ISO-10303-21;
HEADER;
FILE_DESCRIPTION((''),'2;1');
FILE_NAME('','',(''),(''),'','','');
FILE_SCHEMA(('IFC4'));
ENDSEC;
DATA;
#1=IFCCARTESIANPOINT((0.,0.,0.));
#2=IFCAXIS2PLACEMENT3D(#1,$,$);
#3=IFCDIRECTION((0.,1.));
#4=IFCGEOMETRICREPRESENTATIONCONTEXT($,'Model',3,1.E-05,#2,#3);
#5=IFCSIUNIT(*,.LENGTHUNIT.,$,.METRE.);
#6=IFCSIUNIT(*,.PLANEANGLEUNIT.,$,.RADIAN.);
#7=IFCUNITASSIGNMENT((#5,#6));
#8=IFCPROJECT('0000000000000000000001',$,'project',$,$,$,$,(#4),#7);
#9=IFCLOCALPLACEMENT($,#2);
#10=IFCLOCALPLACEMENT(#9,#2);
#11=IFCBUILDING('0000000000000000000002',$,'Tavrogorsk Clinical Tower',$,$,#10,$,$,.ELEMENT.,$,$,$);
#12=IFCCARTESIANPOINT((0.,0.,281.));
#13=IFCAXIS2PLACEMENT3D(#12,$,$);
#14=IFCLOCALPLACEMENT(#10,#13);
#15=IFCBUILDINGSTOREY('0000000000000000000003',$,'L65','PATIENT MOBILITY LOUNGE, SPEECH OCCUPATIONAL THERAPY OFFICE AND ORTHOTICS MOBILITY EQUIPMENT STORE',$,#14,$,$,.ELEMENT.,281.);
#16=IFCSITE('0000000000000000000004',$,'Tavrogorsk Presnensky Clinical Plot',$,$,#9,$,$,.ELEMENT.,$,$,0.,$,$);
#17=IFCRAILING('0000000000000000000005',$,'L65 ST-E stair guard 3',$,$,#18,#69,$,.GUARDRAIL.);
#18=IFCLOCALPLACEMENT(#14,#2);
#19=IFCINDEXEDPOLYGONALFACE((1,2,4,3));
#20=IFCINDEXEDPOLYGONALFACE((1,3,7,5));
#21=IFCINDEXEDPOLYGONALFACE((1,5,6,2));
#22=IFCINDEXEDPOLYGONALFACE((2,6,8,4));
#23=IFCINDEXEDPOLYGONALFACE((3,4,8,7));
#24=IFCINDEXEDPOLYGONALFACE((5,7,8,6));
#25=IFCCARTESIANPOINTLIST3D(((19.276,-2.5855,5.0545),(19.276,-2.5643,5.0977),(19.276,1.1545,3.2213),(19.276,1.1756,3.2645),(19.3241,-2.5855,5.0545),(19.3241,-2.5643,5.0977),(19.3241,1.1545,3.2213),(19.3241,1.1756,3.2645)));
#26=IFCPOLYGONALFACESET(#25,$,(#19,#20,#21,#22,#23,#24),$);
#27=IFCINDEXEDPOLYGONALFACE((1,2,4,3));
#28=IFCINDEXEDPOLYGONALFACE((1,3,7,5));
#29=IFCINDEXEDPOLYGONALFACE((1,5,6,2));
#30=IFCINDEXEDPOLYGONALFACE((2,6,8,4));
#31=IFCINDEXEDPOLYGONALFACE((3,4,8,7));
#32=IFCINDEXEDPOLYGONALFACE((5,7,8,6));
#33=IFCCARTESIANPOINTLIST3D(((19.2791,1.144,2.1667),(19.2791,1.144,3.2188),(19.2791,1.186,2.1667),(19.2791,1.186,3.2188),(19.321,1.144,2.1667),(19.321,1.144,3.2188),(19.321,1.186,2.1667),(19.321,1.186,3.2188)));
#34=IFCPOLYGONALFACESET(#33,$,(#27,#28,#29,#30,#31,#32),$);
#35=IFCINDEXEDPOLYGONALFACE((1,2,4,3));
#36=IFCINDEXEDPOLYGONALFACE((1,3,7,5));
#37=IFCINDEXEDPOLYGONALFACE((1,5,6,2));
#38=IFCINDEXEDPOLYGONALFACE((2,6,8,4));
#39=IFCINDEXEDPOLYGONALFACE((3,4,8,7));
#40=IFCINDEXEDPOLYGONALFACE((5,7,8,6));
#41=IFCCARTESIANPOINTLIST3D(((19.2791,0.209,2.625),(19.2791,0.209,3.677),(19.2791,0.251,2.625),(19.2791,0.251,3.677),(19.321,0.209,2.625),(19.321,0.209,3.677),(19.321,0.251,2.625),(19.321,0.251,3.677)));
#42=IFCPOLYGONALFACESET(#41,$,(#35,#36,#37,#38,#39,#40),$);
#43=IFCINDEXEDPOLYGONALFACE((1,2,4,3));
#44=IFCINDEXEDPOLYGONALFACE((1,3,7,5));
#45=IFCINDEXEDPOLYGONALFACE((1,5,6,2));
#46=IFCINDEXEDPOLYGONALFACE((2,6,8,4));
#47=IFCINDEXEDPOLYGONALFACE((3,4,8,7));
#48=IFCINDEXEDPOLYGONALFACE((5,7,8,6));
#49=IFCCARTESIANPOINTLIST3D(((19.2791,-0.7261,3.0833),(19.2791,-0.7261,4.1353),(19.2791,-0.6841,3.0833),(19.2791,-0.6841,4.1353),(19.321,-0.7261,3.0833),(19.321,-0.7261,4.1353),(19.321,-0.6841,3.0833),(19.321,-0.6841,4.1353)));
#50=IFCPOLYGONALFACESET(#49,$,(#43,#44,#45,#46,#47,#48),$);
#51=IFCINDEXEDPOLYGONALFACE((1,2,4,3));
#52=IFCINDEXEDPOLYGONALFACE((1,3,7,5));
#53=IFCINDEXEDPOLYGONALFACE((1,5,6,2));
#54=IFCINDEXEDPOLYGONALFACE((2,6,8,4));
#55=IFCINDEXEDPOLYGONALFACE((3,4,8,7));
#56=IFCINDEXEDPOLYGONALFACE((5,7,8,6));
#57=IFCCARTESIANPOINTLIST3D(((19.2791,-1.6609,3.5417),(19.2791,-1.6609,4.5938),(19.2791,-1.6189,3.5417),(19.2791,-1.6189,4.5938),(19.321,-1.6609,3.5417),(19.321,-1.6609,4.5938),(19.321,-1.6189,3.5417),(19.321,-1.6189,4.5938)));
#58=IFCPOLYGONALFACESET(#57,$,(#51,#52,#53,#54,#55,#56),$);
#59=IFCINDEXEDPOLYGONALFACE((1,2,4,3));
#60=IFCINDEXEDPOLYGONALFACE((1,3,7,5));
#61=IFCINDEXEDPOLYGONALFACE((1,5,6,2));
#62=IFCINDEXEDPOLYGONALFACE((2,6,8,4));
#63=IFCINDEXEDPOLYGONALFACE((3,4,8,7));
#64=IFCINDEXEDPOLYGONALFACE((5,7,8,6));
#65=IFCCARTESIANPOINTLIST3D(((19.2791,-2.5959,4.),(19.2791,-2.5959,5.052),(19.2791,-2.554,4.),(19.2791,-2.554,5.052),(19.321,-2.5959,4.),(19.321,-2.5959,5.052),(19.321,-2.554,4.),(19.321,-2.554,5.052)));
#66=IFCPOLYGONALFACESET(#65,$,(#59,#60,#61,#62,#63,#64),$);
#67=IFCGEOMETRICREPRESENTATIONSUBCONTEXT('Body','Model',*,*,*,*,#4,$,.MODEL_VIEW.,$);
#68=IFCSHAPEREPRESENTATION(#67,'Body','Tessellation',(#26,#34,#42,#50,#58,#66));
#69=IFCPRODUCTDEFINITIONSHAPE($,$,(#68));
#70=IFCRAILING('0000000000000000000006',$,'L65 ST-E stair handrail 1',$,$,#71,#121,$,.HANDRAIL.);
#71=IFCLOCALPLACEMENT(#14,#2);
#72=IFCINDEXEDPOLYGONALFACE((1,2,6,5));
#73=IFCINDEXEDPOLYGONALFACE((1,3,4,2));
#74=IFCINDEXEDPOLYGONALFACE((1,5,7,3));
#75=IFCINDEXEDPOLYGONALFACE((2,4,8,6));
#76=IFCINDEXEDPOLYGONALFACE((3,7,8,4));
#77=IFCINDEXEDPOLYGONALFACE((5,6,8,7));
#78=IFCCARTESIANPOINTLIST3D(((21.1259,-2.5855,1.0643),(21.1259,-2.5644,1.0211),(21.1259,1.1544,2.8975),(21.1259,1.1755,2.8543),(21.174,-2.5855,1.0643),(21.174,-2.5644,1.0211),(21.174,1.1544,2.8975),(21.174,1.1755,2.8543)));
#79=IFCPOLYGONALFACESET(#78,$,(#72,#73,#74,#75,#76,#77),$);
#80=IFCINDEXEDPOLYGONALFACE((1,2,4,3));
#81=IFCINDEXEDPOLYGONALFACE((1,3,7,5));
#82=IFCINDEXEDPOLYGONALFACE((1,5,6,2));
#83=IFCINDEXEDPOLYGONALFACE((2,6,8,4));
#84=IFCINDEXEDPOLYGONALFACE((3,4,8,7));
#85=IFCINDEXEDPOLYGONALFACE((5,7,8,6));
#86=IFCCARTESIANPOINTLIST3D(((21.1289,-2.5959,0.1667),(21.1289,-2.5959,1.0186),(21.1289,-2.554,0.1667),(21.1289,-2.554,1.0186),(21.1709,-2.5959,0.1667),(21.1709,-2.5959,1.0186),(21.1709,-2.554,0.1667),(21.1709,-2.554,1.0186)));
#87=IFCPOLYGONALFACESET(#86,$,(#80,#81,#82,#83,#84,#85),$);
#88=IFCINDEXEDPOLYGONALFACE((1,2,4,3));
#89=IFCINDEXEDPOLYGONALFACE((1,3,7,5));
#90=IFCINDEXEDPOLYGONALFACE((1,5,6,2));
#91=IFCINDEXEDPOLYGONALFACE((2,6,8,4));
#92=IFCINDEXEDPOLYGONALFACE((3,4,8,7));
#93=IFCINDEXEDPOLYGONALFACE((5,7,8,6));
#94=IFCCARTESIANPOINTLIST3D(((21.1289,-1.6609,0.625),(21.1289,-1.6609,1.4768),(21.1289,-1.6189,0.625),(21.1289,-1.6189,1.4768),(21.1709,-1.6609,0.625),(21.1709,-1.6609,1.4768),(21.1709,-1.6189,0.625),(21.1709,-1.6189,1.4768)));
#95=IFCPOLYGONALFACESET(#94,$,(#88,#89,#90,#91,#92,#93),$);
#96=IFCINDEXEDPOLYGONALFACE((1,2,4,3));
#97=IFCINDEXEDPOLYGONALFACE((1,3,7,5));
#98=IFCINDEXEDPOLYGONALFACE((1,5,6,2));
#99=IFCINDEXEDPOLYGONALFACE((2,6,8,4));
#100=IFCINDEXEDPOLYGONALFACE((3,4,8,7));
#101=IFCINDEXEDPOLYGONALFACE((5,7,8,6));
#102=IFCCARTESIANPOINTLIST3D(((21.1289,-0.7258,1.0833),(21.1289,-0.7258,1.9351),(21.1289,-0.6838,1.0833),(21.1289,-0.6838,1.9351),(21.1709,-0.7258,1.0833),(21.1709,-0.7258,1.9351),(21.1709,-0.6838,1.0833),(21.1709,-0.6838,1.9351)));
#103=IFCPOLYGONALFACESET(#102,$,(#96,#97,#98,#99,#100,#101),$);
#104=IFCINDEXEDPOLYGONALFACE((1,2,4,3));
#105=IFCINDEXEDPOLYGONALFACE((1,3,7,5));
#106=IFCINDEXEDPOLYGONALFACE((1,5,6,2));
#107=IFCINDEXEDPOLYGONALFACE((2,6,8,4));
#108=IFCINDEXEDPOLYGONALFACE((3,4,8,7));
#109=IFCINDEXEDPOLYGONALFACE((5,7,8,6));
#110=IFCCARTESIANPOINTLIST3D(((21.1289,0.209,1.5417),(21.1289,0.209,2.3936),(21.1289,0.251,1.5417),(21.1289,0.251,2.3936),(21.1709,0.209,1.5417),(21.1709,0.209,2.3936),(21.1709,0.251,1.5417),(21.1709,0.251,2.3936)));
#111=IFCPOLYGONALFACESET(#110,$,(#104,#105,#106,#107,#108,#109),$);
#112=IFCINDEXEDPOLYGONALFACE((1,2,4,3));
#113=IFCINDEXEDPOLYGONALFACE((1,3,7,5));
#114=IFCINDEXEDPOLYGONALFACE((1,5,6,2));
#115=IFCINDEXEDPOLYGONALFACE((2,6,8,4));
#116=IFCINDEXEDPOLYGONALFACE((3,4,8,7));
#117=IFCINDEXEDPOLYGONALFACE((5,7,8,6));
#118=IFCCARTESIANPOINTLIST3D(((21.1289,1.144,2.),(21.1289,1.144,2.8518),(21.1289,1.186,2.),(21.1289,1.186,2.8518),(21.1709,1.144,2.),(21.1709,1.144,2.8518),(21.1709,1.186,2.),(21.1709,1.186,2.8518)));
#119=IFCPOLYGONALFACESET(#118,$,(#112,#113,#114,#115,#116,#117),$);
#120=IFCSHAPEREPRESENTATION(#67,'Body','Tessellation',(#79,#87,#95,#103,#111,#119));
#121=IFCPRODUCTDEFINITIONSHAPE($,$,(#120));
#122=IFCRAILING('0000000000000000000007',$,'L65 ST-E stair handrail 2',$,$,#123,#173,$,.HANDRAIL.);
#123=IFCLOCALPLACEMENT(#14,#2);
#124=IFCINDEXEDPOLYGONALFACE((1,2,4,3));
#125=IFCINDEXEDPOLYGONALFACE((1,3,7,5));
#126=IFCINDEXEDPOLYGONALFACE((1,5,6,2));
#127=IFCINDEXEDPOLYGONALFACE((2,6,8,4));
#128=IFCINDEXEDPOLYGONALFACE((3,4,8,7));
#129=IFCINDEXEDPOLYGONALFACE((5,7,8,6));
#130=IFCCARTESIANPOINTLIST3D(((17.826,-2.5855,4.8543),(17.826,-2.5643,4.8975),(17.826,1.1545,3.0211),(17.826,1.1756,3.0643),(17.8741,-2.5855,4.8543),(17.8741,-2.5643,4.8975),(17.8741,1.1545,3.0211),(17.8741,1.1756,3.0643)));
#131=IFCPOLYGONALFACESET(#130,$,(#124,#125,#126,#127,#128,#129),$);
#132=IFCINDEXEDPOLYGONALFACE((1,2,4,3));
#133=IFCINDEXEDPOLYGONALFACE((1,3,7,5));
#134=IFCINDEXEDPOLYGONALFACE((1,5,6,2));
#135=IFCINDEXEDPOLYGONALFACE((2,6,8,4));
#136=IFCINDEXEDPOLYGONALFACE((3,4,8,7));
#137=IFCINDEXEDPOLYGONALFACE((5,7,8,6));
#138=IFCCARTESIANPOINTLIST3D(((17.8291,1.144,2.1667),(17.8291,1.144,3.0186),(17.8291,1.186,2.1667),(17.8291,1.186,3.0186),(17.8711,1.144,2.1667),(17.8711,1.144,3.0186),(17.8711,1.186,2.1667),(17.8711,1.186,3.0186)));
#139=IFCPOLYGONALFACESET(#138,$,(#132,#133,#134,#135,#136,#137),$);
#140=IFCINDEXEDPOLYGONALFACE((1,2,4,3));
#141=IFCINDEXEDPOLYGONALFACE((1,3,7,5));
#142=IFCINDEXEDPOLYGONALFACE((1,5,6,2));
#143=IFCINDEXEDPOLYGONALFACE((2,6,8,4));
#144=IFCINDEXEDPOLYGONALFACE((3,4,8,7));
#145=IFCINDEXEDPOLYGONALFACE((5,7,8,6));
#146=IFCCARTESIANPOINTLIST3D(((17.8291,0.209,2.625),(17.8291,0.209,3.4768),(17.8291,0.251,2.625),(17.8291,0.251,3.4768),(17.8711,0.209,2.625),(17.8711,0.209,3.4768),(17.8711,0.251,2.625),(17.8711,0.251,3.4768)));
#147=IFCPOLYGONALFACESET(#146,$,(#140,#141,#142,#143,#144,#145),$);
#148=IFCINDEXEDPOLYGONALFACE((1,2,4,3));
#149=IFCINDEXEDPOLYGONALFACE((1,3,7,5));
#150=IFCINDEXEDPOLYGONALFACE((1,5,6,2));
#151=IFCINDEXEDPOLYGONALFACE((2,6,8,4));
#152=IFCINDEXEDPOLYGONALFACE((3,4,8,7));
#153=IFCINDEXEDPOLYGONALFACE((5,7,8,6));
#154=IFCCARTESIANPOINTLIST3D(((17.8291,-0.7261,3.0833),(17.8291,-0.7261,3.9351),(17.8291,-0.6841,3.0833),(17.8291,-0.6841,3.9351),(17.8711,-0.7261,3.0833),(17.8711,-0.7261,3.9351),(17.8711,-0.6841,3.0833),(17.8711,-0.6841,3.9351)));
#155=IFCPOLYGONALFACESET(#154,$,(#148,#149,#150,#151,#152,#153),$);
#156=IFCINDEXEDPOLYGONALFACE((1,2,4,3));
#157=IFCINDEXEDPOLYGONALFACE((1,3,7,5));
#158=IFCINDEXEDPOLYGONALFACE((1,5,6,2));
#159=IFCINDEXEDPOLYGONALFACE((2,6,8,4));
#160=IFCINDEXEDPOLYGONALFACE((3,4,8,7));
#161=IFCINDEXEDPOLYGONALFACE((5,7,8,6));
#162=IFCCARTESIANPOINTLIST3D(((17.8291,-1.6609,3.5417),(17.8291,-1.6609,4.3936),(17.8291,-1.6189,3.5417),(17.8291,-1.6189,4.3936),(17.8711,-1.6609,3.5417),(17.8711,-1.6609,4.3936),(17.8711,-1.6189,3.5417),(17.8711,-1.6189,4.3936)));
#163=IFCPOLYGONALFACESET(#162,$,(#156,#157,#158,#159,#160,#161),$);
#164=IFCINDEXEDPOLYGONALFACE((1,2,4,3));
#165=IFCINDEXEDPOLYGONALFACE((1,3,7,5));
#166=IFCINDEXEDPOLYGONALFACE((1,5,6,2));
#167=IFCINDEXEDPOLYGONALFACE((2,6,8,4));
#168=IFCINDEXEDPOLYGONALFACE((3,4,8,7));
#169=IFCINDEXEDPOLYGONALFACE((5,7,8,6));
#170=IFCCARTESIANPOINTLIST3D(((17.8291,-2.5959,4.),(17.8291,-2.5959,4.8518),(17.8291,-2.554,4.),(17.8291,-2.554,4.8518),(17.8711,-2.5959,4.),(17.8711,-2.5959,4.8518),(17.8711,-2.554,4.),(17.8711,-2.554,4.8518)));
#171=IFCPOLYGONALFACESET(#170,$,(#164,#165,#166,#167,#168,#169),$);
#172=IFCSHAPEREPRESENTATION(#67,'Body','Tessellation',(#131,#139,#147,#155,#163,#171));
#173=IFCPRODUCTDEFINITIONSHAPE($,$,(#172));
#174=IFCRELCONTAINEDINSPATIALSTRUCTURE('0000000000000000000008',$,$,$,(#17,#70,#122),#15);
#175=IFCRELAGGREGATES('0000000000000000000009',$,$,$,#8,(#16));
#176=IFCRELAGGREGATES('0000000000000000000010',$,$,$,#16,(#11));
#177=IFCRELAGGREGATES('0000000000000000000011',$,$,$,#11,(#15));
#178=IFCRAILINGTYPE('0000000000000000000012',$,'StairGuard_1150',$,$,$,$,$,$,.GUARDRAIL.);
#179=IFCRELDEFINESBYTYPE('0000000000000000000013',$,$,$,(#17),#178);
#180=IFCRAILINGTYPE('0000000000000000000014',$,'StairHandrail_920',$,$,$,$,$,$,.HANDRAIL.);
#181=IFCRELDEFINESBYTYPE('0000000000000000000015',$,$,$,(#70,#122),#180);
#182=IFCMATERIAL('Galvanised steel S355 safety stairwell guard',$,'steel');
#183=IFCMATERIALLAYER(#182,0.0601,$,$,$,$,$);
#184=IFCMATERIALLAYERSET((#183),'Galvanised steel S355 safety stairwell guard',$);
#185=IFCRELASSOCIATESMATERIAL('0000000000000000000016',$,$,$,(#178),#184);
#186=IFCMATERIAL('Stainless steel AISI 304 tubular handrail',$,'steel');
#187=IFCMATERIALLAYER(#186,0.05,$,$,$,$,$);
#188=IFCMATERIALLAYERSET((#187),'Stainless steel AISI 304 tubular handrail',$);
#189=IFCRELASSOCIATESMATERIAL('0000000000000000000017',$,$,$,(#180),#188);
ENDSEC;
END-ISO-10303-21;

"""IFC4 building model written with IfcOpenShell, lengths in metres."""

from ifc_helpers import new_model, si_unit, direction, frame, origin, origin_2d, place, context, subcontext, project, spatial, rectangle, extrude, material, layer, layer_set, type_object, element, save


model = new_model("IFC4")

# Units and contexts
model_context = context("Model", 3, precision=1e-05, world=origin(), true_north=direction((0.0, 1.0)))
body_context = subcontext(model_context, "Body", "Model", "MODEL_VIEW")
ifc_project = project(units=[si_unit("LENGTHUNIT", "METRE"), si_unit("PLANEANGLEUNIT", "RADIAN")], contexts=[model_context])

# Site, building, storey
site_placement = place(None, origin())
site = spatial("IfcSite", under=ifc_project, at=site_placement, Name="Tavrogorsk Presnensky Clinical Plot", CompositionType="ELEMENT", RefElevation=0.0)
building_placement = place(site_placement, origin())
building = spatial("IfcBuilding", under=site, at=building_placement, Name="Tavrogorsk Clinical Tower", CompositionType="ELEMENT")
storey_placement = place(building_placement, frame((0.0, 0.0, 281.0)))
storey = spatial("IfcBuildingStorey", under=building, at=storey_placement, Name="L65", Description="PATIENT MOBILITY LOUNGE, SPEECH OCCUPATIONAL THERAPY OFFICE AND ORTHOTICS MOBILITY EQUIPMENT STORE", CompositionType="ELEMENT", Elevation=281.0)

# Railings
ifc_material_1 = material(Name="Galvanised steel S355 safety stairwell guard", Category="steel")
ifc_layer_1 = layer(ifc_material_1, 0.0601)
ifc_layer_set_1 = layer_set([ifc_layer_1], Name="Galvanised steel S355 safety stairwell guard")
railing_type_1 = type_object("IfcRailingType", Name="StairGuard_1150", PredefinedType="GUARDRAIL", material=ifc_layer_set_1)
railing_1_placement = place(storey_placement, frame((19.3, 1.165, 2.1667)))
element("IfcRailing", 1, at=railing_1_placement, inside=storey, type_object=railing_type_1, Name="L65 ST-E stair guard 3", PredefinedType="GUARDRAIL", context=body_context, shape_type="SweptSolid", body=[
    extrude(rectangle(XDim=0.0481, YDim=0.0481, at=origin_2d()), frame((0.0, 0.0, 1.0762), z_axis=(0.0, -0.897928, 0.440142), x_axis=(1.0, 0.0, 0.0)), (0.0, 0.0, 1.0), 4.165),
    extrude(rectangle(XDim=0.042, YDim=0.042, at=origin_2d()), origin(), (0.0, 0.0, 1.0), 1.052),
    extrude(rectangle(XDim=0.042, YDim=0.042, at=origin_2d()), frame((0.0, -0.9351, 0.4583)), (0.0, 0.0, 1.0), 1.052),
    extrude(rectangle(XDim=0.042, YDim=0.042, at=origin_2d()), frame((0.0, -1.8701, 0.9165)), (0.0, 0.0, 1.0), 1.052),
    extrude(rectangle(XDim=0.042, YDim=0.042, at=origin_2d()), frame((0.0, -2.8049, 1.375)), (0.0, 0.0, 1.0), 1.052),
    extrude(rectangle(XDim=0.042, YDim=0.042, at=origin_2d()), frame((0.0, -3.74, 1.8333)), (0.0, 0.0, 1.0), 1.052),
])
ifc_material_2 = material(Name="Stainless steel AISI 304 tubular handrail", Category="steel")
ifc_layer_2 = layer(ifc_material_2, 0.05)
ifc_layer_set_2 = layer_set([ifc_layer_2], Name="Stainless steel AISI 304 tubular handrail")
railing_type_2 = type_object("IfcRailingType", Name="StairHandrail_920", PredefinedType="HANDRAIL", material=ifc_layer_set_2)
railing_2_placement = place(storey_placement, frame((21.1499, -2.575, 0.1667)))
element("IfcRailing", 2, at=railing_2_placement, inside=storey, type_object=railing_type_2, Name="L65 ST-E stair handrail 1", PredefinedType="HANDRAIL", context=body_context, shape_type="SweptSolid", body=[
    extrude(rectangle(XDim=0.0481, YDim=0.0481, at=origin_2d()), frame((0.0, 0.0, 0.876), z_axis=(0.0, 0.897928, 0.440142), x_axis=(-1.0, 0.0, 0.0)), (0.0, 0.0, 1.0), 4.165),
    extrude(rectangle(XDim=0.042, YDim=0.042, at=origin_2d()), origin(), (0.0, 0.0, 1.0), 0.8518),
    extrude(rectangle(XDim=0.042, YDim=0.042, at=origin_2d()), frame((0.0, 0.9351, 0.4583)), (0.0, 0.0, 1.0), 0.8518),
    extrude(rectangle(XDim=0.042, YDim=0.042, at=origin_2d()), frame((0.0, 1.8701, 0.9165)), (0.0, 0.0, 1.0), 0.8518),
    extrude(rectangle(XDim=0.042, YDim=0.042, at=origin_2d()), frame((0.0, 2.8049, 1.375)), (0.0, 0.0, 1.0), 0.8518),
    extrude(rectangle(XDim=0.042, YDim=0.042, at=origin_2d()), frame((0.0, 3.74, 1.8333)), (0.0, 0.0, 1.0), 0.8518),
])
railing_3_placement = place(storey_placement, frame((17.8501, 1.165, 2.1667)))
element("IfcRailing", 3, at=railing_3_placement, inside=storey, type_object=railing_type_2, Name="L65 ST-E stair handrail 2", PredefinedType="HANDRAIL", context=body_context, shape_type="SweptSolid", body=[
    extrude(rectangle(XDim=0.0481, YDim=0.0481, at=origin_2d()), frame((0.0, 0.0, 0.876), z_axis=(0.0, -0.897928, 0.440142), x_axis=(1.0, 0.0, 0.0)), (0.0, 0.0, 1.0), 4.165),
    extrude(rectangle(XDim=0.042, YDim=0.042, at=origin_2d()), origin(), (0.0, 0.0, 1.0), 0.8518),
    extrude(rectangle(XDim=0.042, YDim=0.042, at=origin_2d()), frame((0.0, -0.9351, 0.4583)), (0.0, 0.0, 1.0), 0.8518),
    extrude(rectangle(XDim=0.042, YDim=0.042, at=origin_2d()), frame((0.0, -1.8701, 0.9165)), (0.0, 0.0, 1.0), 0.8518),
    extrude(rectangle(XDim=0.042, YDim=0.042, at=origin_2d()), frame((0.0, -2.8049, 1.375)), (0.0, 0.0, 1.0), 0.8518),
    extrude(rectangle(XDim=0.042, YDim=0.042, at=origin_2d()), frame((0.0, -3.74, 1.8333)), (0.0, 0.0, 1.0), 0.8518),
])

save(model, "model.ifc")
